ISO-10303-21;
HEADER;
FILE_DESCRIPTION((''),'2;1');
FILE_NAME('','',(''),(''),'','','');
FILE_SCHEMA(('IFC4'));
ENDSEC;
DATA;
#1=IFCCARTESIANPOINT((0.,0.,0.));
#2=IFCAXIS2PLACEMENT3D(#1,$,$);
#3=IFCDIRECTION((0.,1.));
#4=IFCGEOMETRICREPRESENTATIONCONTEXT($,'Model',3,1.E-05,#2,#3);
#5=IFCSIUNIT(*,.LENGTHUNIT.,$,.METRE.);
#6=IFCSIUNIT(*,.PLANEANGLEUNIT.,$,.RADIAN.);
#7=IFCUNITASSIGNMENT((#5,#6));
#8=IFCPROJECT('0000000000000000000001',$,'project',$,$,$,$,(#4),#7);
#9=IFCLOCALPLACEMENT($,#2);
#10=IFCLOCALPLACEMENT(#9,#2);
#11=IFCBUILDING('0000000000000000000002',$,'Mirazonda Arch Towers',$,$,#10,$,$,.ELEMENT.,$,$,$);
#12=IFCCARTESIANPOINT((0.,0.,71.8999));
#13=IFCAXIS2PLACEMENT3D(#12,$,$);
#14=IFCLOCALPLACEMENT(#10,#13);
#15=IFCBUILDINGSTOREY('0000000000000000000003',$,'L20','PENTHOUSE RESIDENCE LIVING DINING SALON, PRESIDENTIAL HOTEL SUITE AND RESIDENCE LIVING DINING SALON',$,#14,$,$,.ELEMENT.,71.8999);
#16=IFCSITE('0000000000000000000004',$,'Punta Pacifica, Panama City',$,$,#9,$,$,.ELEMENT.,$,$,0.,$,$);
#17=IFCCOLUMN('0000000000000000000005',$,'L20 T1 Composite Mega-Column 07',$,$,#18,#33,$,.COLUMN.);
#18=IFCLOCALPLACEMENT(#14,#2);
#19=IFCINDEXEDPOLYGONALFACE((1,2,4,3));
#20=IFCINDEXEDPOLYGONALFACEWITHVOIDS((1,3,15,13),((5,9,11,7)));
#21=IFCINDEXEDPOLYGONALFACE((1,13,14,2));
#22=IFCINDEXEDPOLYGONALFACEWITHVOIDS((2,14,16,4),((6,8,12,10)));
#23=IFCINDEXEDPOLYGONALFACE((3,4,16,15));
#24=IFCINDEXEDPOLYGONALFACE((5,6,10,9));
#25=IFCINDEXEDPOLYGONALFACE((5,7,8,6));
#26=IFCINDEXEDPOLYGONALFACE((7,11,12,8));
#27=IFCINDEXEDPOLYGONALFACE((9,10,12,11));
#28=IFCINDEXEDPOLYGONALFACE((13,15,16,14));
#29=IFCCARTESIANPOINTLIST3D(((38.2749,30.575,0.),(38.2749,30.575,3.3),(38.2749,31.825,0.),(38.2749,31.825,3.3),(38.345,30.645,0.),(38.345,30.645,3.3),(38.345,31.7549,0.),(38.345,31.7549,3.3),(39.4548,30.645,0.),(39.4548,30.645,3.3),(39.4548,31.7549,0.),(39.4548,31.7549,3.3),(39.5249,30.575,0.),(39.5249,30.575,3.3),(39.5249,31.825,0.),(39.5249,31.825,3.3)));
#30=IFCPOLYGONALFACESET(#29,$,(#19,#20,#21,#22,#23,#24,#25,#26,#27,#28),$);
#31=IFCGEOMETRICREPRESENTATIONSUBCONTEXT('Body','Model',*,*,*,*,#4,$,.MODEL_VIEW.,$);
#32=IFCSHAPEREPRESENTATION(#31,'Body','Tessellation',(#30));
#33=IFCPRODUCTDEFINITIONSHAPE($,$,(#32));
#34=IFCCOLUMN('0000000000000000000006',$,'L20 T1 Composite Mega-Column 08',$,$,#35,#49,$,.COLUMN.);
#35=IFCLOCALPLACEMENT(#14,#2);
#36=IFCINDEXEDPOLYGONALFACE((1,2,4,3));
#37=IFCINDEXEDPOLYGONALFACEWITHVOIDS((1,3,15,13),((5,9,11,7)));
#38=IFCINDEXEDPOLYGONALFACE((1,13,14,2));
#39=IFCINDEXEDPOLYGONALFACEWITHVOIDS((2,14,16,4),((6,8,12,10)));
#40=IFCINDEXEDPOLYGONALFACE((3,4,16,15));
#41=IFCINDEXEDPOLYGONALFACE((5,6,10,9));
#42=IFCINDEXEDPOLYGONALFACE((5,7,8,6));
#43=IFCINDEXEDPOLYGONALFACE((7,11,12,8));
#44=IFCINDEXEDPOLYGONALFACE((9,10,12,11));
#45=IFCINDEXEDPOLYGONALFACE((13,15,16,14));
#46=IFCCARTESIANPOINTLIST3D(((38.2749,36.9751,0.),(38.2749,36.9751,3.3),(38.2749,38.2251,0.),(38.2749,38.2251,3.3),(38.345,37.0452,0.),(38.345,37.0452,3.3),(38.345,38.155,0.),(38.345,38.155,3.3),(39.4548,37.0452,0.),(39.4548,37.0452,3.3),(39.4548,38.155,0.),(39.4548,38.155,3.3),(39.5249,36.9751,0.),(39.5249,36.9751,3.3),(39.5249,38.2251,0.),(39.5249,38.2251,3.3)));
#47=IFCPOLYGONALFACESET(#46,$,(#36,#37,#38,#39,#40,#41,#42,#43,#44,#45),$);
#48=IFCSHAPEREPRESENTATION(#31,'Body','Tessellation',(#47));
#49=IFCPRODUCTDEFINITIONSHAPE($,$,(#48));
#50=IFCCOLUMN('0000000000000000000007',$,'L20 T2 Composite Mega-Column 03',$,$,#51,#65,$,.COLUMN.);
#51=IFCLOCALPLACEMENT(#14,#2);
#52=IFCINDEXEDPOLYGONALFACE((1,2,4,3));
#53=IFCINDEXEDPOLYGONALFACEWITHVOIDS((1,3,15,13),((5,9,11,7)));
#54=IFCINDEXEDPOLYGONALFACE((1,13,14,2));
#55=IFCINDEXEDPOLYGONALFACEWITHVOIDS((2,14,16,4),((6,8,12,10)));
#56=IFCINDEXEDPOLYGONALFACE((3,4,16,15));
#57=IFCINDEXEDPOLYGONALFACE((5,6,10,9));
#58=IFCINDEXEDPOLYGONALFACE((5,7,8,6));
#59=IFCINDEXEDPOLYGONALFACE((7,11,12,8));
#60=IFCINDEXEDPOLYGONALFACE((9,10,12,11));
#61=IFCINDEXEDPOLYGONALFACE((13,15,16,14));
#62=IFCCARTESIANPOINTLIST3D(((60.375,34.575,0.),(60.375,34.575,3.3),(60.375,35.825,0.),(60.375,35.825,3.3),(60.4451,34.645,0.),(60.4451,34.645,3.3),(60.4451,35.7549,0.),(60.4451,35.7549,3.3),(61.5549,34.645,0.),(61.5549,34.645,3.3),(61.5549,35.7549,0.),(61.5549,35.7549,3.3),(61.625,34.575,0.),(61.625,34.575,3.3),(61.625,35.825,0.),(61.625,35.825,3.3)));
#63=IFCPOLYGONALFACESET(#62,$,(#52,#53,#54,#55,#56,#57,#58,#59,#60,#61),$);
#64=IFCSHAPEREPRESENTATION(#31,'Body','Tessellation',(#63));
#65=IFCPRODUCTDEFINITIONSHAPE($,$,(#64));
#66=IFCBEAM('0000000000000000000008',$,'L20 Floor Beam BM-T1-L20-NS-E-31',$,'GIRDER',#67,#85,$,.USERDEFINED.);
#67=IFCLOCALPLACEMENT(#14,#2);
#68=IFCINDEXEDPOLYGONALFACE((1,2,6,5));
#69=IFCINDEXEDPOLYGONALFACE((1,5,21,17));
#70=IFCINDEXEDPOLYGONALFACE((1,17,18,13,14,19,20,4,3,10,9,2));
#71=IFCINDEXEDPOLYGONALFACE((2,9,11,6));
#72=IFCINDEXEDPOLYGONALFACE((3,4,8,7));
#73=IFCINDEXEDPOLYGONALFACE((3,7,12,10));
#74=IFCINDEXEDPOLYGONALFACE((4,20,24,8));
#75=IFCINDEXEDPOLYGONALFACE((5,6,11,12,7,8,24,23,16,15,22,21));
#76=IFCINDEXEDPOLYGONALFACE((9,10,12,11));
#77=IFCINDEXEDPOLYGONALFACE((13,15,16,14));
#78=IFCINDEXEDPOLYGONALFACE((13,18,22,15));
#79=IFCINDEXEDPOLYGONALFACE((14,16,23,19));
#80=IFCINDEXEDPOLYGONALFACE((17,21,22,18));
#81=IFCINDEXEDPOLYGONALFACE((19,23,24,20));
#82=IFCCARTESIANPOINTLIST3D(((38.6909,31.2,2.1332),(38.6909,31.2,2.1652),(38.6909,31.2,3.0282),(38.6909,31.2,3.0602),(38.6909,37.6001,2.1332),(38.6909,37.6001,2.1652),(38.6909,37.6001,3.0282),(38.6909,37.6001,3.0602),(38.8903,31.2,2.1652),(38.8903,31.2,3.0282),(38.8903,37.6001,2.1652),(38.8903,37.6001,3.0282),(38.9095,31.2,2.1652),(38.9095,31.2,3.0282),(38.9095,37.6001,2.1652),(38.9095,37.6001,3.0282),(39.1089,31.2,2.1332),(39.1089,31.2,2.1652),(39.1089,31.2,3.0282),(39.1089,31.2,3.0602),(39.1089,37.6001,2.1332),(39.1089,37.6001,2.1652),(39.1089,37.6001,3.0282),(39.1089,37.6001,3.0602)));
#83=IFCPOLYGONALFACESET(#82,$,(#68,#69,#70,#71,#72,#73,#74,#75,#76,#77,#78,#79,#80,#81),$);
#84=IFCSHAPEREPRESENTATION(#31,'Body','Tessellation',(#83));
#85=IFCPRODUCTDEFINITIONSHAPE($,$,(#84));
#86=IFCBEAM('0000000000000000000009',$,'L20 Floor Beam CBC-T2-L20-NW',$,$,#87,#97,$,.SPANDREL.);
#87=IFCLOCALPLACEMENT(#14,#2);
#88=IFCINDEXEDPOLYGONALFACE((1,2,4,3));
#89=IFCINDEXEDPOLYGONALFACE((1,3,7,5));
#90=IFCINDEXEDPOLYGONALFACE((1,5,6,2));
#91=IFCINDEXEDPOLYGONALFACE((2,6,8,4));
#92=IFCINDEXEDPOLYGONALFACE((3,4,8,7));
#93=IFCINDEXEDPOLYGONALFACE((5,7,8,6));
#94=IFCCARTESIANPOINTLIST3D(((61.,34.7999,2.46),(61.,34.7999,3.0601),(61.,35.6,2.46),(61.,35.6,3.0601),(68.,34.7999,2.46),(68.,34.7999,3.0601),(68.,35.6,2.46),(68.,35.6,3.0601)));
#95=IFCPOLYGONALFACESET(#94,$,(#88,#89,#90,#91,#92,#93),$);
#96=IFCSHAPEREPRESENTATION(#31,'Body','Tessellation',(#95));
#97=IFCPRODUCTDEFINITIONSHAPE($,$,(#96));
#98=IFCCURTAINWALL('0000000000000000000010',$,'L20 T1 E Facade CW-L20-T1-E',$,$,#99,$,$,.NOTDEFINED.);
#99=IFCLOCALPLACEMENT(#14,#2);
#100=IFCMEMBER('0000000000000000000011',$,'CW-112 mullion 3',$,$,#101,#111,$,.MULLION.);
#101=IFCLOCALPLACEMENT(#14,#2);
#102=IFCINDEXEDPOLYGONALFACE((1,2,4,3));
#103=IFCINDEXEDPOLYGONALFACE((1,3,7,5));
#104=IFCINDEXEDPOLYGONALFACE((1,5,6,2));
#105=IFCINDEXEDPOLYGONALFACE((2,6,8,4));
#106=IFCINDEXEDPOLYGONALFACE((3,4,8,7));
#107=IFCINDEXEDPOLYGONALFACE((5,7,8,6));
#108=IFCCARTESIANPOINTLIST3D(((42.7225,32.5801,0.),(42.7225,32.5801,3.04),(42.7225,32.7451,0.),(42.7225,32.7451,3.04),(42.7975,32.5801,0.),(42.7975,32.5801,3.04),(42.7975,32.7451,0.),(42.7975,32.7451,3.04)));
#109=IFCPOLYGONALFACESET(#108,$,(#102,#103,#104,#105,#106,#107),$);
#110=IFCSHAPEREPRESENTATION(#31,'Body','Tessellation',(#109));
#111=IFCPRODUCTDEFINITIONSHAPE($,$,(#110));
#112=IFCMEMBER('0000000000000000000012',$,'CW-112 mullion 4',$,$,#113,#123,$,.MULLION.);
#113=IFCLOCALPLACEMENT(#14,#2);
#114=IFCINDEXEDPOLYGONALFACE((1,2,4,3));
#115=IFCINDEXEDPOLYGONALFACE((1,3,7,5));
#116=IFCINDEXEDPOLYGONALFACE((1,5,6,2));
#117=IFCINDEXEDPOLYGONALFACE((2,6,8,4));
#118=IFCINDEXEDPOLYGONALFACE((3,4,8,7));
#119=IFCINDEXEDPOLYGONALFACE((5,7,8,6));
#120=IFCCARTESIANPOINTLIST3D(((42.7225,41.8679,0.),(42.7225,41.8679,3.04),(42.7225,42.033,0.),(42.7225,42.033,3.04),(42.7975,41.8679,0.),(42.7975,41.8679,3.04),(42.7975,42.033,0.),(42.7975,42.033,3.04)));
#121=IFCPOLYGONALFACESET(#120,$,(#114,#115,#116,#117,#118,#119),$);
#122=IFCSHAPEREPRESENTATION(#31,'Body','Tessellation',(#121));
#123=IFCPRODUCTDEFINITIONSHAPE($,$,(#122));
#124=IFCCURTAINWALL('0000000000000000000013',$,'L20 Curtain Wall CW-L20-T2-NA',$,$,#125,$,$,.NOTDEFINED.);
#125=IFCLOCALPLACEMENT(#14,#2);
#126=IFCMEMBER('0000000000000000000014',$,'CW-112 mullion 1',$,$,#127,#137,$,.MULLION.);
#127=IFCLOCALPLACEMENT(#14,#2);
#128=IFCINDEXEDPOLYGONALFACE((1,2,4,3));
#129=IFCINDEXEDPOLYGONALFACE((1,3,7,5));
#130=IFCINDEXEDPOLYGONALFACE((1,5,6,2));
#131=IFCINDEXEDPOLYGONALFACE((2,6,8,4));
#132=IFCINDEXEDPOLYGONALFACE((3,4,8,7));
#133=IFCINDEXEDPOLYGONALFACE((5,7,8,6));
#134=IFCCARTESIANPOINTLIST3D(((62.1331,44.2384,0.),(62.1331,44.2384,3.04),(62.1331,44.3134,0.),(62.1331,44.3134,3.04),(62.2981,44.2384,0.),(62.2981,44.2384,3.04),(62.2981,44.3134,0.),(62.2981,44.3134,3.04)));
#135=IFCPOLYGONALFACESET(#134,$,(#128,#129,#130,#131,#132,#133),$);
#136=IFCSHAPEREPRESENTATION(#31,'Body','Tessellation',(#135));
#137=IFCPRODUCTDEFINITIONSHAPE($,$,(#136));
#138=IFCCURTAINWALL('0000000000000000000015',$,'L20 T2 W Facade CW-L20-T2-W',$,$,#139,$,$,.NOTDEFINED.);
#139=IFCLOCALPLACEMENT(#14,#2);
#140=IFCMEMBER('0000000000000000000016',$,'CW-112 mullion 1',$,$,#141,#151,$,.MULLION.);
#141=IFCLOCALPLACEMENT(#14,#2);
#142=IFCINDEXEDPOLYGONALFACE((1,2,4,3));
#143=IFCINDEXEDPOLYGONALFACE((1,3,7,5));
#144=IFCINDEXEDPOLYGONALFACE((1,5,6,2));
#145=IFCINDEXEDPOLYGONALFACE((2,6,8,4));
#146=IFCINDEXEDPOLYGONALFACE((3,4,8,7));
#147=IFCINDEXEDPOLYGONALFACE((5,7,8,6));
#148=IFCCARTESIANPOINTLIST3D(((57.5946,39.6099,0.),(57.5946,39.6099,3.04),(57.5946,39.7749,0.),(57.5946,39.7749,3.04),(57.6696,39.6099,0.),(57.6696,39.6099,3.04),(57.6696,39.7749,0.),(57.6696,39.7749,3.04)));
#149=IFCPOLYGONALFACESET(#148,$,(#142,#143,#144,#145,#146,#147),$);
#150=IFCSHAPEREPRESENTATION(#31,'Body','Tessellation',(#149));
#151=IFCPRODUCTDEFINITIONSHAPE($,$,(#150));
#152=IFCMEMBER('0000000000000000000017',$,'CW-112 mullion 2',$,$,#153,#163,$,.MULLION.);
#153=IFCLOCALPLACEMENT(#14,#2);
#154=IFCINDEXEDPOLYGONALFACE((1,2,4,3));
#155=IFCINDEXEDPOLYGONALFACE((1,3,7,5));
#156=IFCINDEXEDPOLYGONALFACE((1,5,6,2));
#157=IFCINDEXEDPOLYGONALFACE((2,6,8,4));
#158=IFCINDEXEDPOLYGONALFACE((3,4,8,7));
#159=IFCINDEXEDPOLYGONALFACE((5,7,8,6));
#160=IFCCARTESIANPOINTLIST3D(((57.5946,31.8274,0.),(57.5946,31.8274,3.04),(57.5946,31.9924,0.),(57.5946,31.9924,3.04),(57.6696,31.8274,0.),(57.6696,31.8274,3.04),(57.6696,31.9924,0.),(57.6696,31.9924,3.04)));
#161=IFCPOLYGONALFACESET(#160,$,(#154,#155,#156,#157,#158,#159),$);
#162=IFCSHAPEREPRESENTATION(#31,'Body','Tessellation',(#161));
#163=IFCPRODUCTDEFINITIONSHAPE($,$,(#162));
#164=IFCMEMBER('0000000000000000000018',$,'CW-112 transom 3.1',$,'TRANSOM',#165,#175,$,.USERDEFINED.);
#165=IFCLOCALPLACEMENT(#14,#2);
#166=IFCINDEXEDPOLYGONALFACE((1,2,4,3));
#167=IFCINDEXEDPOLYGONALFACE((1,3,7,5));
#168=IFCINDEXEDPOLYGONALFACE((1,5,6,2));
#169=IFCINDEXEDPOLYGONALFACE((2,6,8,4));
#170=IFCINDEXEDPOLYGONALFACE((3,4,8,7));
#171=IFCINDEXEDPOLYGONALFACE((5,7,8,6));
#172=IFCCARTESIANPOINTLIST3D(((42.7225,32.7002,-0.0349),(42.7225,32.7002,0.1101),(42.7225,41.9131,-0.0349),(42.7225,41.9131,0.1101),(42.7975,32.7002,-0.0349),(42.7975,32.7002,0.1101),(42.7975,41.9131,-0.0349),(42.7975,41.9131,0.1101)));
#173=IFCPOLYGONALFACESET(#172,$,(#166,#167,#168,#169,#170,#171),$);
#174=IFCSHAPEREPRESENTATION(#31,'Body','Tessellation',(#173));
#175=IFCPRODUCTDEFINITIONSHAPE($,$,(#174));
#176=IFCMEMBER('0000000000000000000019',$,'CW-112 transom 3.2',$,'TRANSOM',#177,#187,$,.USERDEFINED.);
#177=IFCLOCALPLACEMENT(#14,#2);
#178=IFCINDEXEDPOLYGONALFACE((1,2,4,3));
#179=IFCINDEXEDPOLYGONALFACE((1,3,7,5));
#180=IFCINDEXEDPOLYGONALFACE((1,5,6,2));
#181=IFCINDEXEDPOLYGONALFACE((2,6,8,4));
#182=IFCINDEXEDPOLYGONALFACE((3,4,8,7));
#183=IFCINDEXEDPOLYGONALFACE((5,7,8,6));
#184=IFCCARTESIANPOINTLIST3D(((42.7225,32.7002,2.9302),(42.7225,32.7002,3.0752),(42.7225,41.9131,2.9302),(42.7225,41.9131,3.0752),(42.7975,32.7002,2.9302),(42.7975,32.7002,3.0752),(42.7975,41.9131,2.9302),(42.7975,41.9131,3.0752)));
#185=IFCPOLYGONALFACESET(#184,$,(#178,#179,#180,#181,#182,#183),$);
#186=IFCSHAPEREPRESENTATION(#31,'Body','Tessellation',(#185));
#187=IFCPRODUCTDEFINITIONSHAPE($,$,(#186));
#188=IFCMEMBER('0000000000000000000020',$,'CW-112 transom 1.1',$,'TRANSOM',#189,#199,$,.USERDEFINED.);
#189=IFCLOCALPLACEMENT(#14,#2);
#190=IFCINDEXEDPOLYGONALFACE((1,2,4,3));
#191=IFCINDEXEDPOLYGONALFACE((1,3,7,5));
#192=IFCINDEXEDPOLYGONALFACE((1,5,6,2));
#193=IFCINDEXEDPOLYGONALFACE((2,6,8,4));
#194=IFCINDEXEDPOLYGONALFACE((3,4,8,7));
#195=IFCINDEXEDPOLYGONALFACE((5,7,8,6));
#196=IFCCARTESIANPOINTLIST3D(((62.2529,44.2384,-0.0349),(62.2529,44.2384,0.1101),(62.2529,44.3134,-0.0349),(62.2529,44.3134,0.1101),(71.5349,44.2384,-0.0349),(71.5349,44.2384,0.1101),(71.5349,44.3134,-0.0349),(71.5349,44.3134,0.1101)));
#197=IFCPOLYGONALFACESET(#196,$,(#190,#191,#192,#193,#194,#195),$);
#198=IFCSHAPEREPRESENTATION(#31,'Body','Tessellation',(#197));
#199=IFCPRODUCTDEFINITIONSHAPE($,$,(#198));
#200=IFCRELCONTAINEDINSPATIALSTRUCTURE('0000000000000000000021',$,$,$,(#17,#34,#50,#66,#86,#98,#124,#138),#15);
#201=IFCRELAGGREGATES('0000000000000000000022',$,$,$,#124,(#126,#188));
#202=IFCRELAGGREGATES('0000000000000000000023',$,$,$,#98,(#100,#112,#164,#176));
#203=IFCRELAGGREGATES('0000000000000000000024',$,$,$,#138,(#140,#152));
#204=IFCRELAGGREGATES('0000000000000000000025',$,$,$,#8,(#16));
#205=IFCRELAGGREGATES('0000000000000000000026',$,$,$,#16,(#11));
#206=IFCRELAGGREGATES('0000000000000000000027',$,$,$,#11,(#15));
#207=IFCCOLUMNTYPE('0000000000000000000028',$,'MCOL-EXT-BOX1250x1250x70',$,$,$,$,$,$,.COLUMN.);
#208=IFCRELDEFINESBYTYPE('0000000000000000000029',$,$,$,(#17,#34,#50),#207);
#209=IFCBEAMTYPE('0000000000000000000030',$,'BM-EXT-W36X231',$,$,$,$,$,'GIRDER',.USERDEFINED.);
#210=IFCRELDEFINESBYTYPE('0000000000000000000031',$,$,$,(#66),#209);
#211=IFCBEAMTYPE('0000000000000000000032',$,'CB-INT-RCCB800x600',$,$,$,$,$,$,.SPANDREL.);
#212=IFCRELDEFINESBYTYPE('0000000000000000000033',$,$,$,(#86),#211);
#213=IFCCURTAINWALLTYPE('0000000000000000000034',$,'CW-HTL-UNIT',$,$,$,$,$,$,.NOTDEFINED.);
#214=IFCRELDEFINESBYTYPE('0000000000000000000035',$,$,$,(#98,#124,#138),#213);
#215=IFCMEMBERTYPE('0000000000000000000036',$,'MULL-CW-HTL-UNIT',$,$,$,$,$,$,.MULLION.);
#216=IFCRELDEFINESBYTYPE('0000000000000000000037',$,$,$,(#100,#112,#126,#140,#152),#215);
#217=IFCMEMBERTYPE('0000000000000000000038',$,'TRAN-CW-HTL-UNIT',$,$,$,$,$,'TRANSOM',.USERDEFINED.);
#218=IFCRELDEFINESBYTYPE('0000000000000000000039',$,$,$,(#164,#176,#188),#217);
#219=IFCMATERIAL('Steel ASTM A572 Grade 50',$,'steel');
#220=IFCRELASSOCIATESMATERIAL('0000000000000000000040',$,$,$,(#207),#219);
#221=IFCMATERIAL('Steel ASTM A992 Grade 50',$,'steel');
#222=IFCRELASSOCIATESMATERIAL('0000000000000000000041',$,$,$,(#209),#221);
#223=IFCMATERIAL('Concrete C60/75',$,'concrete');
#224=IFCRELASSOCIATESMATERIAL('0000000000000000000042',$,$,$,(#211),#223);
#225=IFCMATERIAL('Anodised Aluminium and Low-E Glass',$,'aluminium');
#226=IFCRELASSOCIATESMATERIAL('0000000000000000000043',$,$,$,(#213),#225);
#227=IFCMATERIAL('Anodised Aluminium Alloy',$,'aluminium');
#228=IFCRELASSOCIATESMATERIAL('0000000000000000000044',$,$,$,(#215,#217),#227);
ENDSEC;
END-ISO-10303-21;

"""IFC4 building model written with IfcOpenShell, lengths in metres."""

from ifc_helpers import new_model, si_unit, direction, frame, origin, origin_2d, place, context, subcontext, project, spatial, rectangle, hollow_rectangle, i_section, extrude, material, material_profile, profile_set, type_object, element, aggregate, save


model = new_model("IFC4")

# Units and contexts
model_context = context("Model", 3, precision=1e-05, world=origin(), true_north=direction((0.0, 1.0)))
body_context = subcontext(model_context, "Body", "Model", "MODEL_VIEW")
ifc_project = project(units=[si_unit("LENGTHUNIT", "METRE"), si_unit("PLANEANGLEUNIT", "RADIAN")], contexts=[model_context])

# Site, building, storey
site_placement = place(None, origin())
site = spatial("IfcSite", under=ifc_project, at=site_placement, Name="Punta Pacifica, Panama City", CompositionType="ELEMENT", RefElevation=0.0)
building_placement = place(site_placement, origin())
building = spatial("IfcBuilding", under=site, at=building_placement, Name="Mirazonda Arch Towers", CompositionType="ELEMENT")
storey_placement = place(building_placement, frame((0.0, 0.0, 71.8999)))
storey = spatial("IfcBuildingStorey", under=building, at=storey_placement, Name="L20", Description="PENTHOUSE RESIDENCE LIVING DINING SALON, PRESIDENTIAL HOTEL SUITE AND RESIDENCE LIVING DINING SALON", CompositionType="ELEMENT", Elevation=71.8999)

# Columns
ifc_material_1 = material(Name="Steel ASTM A572 Grade 50", Category="steel")
ifc_material_profile_1 = material_profile(ifc_material_1, hollow_rectangle(XDim=1.25, YDim=1.25, WallThickness=0.0701, at=origin_2d()), Name="BOX1250x1250x70")
ifc_profile_set_1 = profile_set([ifc_material_profile_1], Name="Steel ASTM A572 Grade 50")
column_type = type_object("IfcColumnType", Name="MCOL-EXT-BOX1250x1250x70", PredefinedType="COLUMN", material=ifc_profile_set_1)
for number, where, z_axis, x_axis, name in (
    (1, (38.8999, 31.2, 0.0), (0.0, 0.0, 1.0), (1.0, 0.0, 0.0), "L20 T1 Composite Mega-Column 07"),
    (2, (38.8999, 37.6001, 0.0), (0.0, 0.0, 1.0), (1.0, 0.0, 0.0), "L20 T1 Composite Mega-Column 08"),
    (3, (61.0, 35.2, 0.0), (0.0, 0.0, 1.0), (1.0, 0.0, 0.0), "L20 T2 Composite Mega-Column 03"),
):
    element("IfcColumn", number, at=place(storey_placement, frame(where, z_axis=z_axis, x_axis=x_axis)), inside=storey, type_object=column_type, Name=name, PredefinedType="COLUMN", context=body_context, shape_type="SweptSolid", body=[
        extrude(hollow_rectangle(XDim=1.25, YDim=1.25, WallThickness=0.0701, at=origin_2d()), origin(), (0.0, 0.0, 1.0), 3.3),
    ])

# Beams
ifc_material_2 = material(Name="Steel ASTM A992 Grade 50", Category="steel")
ifc_material_profile_2 = material_profile(ifc_material_2, i_section(OverallWidth=0.418, OverallDepth=0.927, WebThickness=0.0193, FlangeThickness=0.032, at=origin_2d()), Name="W36X231")
ifc_profile_set_2 = profile_set([ifc_material_profile_2], Name="Steel ASTM A992 Grade 50")
beam_type_1 = type_object("IfcBeamType", Name="BM-EXT-W36X231", ElementType="GIRDER", PredefinedType="USERDEFINED", material=ifc_profile_set_2)
beam_1_placement = place(storey_placement, frame((38.8999, 31.2, 2.5967), z_axis=(0.0, 1.0, 0.0), x_axis=(-1.0, 0.0, 0.0)))
element("IfcBeam", 4, at=beam_1_placement, inside=storey, type_object=beam_type_1, Name="L20 Floor Beam BM-T1-L20-NS-E-31", ObjectType="GIRDER", PredefinedType="USERDEFINED", context=body_context, shape_type="SweptSolid", body=[
    extrude(i_section(OverallWidth=0.418, OverallDepth=0.927, WebThickness=0.0193, FlangeThickness=0.032, at=origin_2d()), origin(), (0.0, 0.0, 1.0), 6.4001),
])
ifc_material_3 = material(Name="Concrete C60/75", Category="concrete")
ifc_material_profile_3 = material_profile(ifc_material_3, rectangle(XDim=0.8, YDim=0.6001, at=origin_2d()), Name="RCCB800x600")
ifc_profile_set_3 = profile_set([ifc_material_profile_3], Name="Concrete C60/75")
beam_type_2 = type_object("IfcBeamType", Name="CB-INT-RCCB800x600", PredefinedType="SPANDREL", material=ifc_profile_set_3)
beam_2_placement = place(storey_placement, frame((61.0, 35.2, 2.76), z_axis=(1.0, 0.0, 0.0), x_axis=(0.0, 1.0, 0.0)))
element("IfcBeam", 5, at=beam_2_placement, inside=storey, type_object=beam_type_2, Name="L20 Floor Beam CBC-T2-L20-NW", PredefinedType="SPANDREL", context=body_context, shape_type="SweptSolid", body=[
    extrude(rectangle(XDim=0.8, YDim=0.6001, at=origin_2d()), origin(), (0.0, 0.0, 1.0), 7.0),
])

# Curtain wall, members
ifc_material_4 = material(Name="Anodised Aluminium and Low-E Glass", Category="aluminium")
curtain_wall_type = type_object("IfcCurtainWallType", Name="CW-HTL-UNIT", PredefinedType="NOTDEFINED", material=ifc_material_4)
curtain_wall_1_placement = place(storey_placement, origin())
curtain_wall_1 = element("IfcCurtainWall", 6, at=curtain_wall_1_placement, inside=storey, type_object=curtain_wall_type, Name="L20 T1 E Facade CW-L20-T1-E", PredefinedType="NOTDEFINED")
ifc_material_5 = material(Name="Anodised Aluminium Alloy", Category="aluminium")
ifc_material_profile_4 = material_profile(ifc_material_5, rectangle(XDim=0.075, YDim=0.165, at=origin_2d()), Name="ALU-MULL-75x165")
ifc_profile_set_4 = profile_set([ifc_material_profile_4], Name="Anodised Aluminium Alloy")
member_type_1 = type_object("IfcMemberType", Name="MULL-CW-HTL-UNIT", PredefinedType="MULLION", material=ifc_profile_set_4)
member_1_placement = place(storey_placement, frame((42.76, 32.6626, 0.0), z_axis=(0.0, 0.0, 1.0), x_axis=(-1.0, 0.0, 0.0)))
member_1 = element("IfcMember", 7, at=member_1_placement, type_object=member_type_1, Name="CW-112 mullion 3", PredefinedType="MULLION", context=body_context, shape_type="SweptSolid", body=[
    extrude(rectangle(XDim=0.075, YDim=0.165, at=origin_2d()), origin(), (0.0, 0.0, 1.0), 3.04),
])
member_2_placement = place(storey_placement, frame((42.76, 41.9504, 0.0), z_axis=(0.0, 0.0, 1.0), x_axis=(-1.0, 0.0, 0.0)))
member_2 = element("IfcMember", 8, at=member_2_placement, type_object=member_type_1, Name="CW-112 mullion 4", PredefinedType="MULLION", context=body_context, shape_type="SweptSolid", body=[
    extrude(rectangle(XDim=0.075, YDim=0.165, at=origin_2d()), origin(), (0.0, 0.0, 1.0), 3.04),
])

# Curtain wall, member
curtain_wall_2_placement = place(storey_placement, origin())
curtain_wall_2 = element("IfcCurtainWall", 9, at=curtain_wall_2_placement, inside=storey, type_object=curtain_wall_type, Name="L20 Curtain Wall CW-L20-T2-NA", PredefinedType="NOTDEFINED")
member_3_placement = place(storey_placement, frame((62.2156, 44.2759, 0.0), z_axis=(0.0, 0.0, 1.0), x_axis=(0.0, 1.0, 0.0)))
member_3 = element("IfcMember", 10, at=member_3_placement, type_object=member_type_1, Name="CW-112 mullion 1", PredefinedType="MULLION", context=body_context, shape_type="SweptSolid", body=[
    extrude(rectangle(XDim=0.075, YDim=0.165, at=origin_2d()), origin(), (0.0, 0.0, 1.0), 3.04),
])

# Curtain wall, members
curtain_wall_3_placement = place(storey_placement, origin())
curtain_wall_3 = element("IfcCurtainWall", 11, at=curtain_wall_3_placement, inside=storey, type_object=curtain_wall_type, Name="L20 T2 W Facade CW-L20-T2-W", PredefinedType="NOTDEFINED")
member_4_placement = place(storey_placement, frame((57.6321, 39.6924, 0.0), z_axis=(0.0, 0.0, 1.0), x_axis=(1.0, 0.0, 0.0)))
member_4 = element("IfcMember", 12, at=member_4_placement, type_object=member_type_1, Name="CW-112 mullion 1", PredefinedType="MULLION", context=body_context, shape_type="SweptSolid", body=[
    extrude(rectangle(XDim=0.075, YDim=0.165, at=origin_2d()), origin(), (0.0, 0.0, 1.0), 3.04),
])
member_5_placement = place(storey_placement, frame((57.6321, 31.9099, 0.0), z_axis=(0.0, 0.0, 1.0), x_axis=(1.0, 0.0, 0.0)))
member_5 = element("IfcMember", 13, at=member_5_placement, type_object=member_type_1, Name="CW-112 mullion 2", PredefinedType="MULLION", context=body_context, shape_type="SweptSolid", body=[
    extrude(rectangle(XDim=0.075, YDim=0.165, at=origin_2d()), origin(), (0.0, 0.0, 1.0), 3.04),
])

# Members
ifc_material_profile_5 = material_profile(ifc_material_5, rectangle(XDim=0.075, YDim=0.145, at=origin_2d()), Name="ALU-TRAN-75x145")
ifc_profile_set_5 = profile_set([ifc_material_profile_5], Name="Anodised Aluminium Alloy")
member_type_2 = type_object("IfcMemberType", Name="TRAN-CW-HTL-UNIT", ElementType="TRANSOM", PredefinedType="USERDEFINED", material=ifc_profile_set_5)
member_6_placement = place(storey_placement, frame((42.76, 32.7002, 0.0376), z_axis=(0.0, 1.0, 0.0), x_axis=(-1.0, 0.0, 0.0)))
member_6 = element("IfcMember", 14, at=member_6_placement, type_object=member_type_2, Name="CW-112 transom 3.1", ObjectType="TRANSOM", PredefinedType="USERDEFINED", context=body_context, shape_type="SweptSolid", body=[
    extrude(rectangle(XDim=0.075, YDim=0.145, at=origin_2d()), origin(), (0.0, 0.0, 1.0), 9.2129),
])
member_7_placement = place(storey_placement, frame((42.76, 32.7002, 3.0027), z_axis=(0.0, 1.0, 0.0), x_axis=(-1.0, 0.0, 0.0)))
member_7 = element("IfcMember", 15, at=member_7_placement, type_object=member_type_2, Name="CW-112 transom 3.2", ObjectType="TRANSOM", PredefinedType="USERDEFINED", context=body_context, shape_type="SweptSolid", body=[
    extrude(rectangle(XDim=0.075, YDim=0.145, at=origin_2d()), origin(), (0.0, 0.0, 1.0), 9.2129),
])
member_8_placement = place(storey_placement, frame((62.2529, 44.2759, 0.0376), z_axis=(1.0, 0.0, 0.0), x_axis=(0.0, 1.0, 0.0)))
member_8 = element("IfcMember", 16, at=member_8_placement, type_object=member_type_2, Name="CW-112 transom 1.1", ObjectType="TRANSOM", PredefinedType="USERDEFINED", context=body_context, shape_type="SweptSolid", body=[
    extrude(rectangle(XDim=0.075, YDim=0.145, at=origin_2d()), origin(), (0.0, 0.0, 1.0), 9.282),
])
aggregate(curtain_wall_2, [member_3, member_8])

aggregate(curtain_wall_1, [member_1, member_2, member_6, member_7])
aggregate(curtain_wall_3, [member_4, member_5])

save(model, "model.ifc")
